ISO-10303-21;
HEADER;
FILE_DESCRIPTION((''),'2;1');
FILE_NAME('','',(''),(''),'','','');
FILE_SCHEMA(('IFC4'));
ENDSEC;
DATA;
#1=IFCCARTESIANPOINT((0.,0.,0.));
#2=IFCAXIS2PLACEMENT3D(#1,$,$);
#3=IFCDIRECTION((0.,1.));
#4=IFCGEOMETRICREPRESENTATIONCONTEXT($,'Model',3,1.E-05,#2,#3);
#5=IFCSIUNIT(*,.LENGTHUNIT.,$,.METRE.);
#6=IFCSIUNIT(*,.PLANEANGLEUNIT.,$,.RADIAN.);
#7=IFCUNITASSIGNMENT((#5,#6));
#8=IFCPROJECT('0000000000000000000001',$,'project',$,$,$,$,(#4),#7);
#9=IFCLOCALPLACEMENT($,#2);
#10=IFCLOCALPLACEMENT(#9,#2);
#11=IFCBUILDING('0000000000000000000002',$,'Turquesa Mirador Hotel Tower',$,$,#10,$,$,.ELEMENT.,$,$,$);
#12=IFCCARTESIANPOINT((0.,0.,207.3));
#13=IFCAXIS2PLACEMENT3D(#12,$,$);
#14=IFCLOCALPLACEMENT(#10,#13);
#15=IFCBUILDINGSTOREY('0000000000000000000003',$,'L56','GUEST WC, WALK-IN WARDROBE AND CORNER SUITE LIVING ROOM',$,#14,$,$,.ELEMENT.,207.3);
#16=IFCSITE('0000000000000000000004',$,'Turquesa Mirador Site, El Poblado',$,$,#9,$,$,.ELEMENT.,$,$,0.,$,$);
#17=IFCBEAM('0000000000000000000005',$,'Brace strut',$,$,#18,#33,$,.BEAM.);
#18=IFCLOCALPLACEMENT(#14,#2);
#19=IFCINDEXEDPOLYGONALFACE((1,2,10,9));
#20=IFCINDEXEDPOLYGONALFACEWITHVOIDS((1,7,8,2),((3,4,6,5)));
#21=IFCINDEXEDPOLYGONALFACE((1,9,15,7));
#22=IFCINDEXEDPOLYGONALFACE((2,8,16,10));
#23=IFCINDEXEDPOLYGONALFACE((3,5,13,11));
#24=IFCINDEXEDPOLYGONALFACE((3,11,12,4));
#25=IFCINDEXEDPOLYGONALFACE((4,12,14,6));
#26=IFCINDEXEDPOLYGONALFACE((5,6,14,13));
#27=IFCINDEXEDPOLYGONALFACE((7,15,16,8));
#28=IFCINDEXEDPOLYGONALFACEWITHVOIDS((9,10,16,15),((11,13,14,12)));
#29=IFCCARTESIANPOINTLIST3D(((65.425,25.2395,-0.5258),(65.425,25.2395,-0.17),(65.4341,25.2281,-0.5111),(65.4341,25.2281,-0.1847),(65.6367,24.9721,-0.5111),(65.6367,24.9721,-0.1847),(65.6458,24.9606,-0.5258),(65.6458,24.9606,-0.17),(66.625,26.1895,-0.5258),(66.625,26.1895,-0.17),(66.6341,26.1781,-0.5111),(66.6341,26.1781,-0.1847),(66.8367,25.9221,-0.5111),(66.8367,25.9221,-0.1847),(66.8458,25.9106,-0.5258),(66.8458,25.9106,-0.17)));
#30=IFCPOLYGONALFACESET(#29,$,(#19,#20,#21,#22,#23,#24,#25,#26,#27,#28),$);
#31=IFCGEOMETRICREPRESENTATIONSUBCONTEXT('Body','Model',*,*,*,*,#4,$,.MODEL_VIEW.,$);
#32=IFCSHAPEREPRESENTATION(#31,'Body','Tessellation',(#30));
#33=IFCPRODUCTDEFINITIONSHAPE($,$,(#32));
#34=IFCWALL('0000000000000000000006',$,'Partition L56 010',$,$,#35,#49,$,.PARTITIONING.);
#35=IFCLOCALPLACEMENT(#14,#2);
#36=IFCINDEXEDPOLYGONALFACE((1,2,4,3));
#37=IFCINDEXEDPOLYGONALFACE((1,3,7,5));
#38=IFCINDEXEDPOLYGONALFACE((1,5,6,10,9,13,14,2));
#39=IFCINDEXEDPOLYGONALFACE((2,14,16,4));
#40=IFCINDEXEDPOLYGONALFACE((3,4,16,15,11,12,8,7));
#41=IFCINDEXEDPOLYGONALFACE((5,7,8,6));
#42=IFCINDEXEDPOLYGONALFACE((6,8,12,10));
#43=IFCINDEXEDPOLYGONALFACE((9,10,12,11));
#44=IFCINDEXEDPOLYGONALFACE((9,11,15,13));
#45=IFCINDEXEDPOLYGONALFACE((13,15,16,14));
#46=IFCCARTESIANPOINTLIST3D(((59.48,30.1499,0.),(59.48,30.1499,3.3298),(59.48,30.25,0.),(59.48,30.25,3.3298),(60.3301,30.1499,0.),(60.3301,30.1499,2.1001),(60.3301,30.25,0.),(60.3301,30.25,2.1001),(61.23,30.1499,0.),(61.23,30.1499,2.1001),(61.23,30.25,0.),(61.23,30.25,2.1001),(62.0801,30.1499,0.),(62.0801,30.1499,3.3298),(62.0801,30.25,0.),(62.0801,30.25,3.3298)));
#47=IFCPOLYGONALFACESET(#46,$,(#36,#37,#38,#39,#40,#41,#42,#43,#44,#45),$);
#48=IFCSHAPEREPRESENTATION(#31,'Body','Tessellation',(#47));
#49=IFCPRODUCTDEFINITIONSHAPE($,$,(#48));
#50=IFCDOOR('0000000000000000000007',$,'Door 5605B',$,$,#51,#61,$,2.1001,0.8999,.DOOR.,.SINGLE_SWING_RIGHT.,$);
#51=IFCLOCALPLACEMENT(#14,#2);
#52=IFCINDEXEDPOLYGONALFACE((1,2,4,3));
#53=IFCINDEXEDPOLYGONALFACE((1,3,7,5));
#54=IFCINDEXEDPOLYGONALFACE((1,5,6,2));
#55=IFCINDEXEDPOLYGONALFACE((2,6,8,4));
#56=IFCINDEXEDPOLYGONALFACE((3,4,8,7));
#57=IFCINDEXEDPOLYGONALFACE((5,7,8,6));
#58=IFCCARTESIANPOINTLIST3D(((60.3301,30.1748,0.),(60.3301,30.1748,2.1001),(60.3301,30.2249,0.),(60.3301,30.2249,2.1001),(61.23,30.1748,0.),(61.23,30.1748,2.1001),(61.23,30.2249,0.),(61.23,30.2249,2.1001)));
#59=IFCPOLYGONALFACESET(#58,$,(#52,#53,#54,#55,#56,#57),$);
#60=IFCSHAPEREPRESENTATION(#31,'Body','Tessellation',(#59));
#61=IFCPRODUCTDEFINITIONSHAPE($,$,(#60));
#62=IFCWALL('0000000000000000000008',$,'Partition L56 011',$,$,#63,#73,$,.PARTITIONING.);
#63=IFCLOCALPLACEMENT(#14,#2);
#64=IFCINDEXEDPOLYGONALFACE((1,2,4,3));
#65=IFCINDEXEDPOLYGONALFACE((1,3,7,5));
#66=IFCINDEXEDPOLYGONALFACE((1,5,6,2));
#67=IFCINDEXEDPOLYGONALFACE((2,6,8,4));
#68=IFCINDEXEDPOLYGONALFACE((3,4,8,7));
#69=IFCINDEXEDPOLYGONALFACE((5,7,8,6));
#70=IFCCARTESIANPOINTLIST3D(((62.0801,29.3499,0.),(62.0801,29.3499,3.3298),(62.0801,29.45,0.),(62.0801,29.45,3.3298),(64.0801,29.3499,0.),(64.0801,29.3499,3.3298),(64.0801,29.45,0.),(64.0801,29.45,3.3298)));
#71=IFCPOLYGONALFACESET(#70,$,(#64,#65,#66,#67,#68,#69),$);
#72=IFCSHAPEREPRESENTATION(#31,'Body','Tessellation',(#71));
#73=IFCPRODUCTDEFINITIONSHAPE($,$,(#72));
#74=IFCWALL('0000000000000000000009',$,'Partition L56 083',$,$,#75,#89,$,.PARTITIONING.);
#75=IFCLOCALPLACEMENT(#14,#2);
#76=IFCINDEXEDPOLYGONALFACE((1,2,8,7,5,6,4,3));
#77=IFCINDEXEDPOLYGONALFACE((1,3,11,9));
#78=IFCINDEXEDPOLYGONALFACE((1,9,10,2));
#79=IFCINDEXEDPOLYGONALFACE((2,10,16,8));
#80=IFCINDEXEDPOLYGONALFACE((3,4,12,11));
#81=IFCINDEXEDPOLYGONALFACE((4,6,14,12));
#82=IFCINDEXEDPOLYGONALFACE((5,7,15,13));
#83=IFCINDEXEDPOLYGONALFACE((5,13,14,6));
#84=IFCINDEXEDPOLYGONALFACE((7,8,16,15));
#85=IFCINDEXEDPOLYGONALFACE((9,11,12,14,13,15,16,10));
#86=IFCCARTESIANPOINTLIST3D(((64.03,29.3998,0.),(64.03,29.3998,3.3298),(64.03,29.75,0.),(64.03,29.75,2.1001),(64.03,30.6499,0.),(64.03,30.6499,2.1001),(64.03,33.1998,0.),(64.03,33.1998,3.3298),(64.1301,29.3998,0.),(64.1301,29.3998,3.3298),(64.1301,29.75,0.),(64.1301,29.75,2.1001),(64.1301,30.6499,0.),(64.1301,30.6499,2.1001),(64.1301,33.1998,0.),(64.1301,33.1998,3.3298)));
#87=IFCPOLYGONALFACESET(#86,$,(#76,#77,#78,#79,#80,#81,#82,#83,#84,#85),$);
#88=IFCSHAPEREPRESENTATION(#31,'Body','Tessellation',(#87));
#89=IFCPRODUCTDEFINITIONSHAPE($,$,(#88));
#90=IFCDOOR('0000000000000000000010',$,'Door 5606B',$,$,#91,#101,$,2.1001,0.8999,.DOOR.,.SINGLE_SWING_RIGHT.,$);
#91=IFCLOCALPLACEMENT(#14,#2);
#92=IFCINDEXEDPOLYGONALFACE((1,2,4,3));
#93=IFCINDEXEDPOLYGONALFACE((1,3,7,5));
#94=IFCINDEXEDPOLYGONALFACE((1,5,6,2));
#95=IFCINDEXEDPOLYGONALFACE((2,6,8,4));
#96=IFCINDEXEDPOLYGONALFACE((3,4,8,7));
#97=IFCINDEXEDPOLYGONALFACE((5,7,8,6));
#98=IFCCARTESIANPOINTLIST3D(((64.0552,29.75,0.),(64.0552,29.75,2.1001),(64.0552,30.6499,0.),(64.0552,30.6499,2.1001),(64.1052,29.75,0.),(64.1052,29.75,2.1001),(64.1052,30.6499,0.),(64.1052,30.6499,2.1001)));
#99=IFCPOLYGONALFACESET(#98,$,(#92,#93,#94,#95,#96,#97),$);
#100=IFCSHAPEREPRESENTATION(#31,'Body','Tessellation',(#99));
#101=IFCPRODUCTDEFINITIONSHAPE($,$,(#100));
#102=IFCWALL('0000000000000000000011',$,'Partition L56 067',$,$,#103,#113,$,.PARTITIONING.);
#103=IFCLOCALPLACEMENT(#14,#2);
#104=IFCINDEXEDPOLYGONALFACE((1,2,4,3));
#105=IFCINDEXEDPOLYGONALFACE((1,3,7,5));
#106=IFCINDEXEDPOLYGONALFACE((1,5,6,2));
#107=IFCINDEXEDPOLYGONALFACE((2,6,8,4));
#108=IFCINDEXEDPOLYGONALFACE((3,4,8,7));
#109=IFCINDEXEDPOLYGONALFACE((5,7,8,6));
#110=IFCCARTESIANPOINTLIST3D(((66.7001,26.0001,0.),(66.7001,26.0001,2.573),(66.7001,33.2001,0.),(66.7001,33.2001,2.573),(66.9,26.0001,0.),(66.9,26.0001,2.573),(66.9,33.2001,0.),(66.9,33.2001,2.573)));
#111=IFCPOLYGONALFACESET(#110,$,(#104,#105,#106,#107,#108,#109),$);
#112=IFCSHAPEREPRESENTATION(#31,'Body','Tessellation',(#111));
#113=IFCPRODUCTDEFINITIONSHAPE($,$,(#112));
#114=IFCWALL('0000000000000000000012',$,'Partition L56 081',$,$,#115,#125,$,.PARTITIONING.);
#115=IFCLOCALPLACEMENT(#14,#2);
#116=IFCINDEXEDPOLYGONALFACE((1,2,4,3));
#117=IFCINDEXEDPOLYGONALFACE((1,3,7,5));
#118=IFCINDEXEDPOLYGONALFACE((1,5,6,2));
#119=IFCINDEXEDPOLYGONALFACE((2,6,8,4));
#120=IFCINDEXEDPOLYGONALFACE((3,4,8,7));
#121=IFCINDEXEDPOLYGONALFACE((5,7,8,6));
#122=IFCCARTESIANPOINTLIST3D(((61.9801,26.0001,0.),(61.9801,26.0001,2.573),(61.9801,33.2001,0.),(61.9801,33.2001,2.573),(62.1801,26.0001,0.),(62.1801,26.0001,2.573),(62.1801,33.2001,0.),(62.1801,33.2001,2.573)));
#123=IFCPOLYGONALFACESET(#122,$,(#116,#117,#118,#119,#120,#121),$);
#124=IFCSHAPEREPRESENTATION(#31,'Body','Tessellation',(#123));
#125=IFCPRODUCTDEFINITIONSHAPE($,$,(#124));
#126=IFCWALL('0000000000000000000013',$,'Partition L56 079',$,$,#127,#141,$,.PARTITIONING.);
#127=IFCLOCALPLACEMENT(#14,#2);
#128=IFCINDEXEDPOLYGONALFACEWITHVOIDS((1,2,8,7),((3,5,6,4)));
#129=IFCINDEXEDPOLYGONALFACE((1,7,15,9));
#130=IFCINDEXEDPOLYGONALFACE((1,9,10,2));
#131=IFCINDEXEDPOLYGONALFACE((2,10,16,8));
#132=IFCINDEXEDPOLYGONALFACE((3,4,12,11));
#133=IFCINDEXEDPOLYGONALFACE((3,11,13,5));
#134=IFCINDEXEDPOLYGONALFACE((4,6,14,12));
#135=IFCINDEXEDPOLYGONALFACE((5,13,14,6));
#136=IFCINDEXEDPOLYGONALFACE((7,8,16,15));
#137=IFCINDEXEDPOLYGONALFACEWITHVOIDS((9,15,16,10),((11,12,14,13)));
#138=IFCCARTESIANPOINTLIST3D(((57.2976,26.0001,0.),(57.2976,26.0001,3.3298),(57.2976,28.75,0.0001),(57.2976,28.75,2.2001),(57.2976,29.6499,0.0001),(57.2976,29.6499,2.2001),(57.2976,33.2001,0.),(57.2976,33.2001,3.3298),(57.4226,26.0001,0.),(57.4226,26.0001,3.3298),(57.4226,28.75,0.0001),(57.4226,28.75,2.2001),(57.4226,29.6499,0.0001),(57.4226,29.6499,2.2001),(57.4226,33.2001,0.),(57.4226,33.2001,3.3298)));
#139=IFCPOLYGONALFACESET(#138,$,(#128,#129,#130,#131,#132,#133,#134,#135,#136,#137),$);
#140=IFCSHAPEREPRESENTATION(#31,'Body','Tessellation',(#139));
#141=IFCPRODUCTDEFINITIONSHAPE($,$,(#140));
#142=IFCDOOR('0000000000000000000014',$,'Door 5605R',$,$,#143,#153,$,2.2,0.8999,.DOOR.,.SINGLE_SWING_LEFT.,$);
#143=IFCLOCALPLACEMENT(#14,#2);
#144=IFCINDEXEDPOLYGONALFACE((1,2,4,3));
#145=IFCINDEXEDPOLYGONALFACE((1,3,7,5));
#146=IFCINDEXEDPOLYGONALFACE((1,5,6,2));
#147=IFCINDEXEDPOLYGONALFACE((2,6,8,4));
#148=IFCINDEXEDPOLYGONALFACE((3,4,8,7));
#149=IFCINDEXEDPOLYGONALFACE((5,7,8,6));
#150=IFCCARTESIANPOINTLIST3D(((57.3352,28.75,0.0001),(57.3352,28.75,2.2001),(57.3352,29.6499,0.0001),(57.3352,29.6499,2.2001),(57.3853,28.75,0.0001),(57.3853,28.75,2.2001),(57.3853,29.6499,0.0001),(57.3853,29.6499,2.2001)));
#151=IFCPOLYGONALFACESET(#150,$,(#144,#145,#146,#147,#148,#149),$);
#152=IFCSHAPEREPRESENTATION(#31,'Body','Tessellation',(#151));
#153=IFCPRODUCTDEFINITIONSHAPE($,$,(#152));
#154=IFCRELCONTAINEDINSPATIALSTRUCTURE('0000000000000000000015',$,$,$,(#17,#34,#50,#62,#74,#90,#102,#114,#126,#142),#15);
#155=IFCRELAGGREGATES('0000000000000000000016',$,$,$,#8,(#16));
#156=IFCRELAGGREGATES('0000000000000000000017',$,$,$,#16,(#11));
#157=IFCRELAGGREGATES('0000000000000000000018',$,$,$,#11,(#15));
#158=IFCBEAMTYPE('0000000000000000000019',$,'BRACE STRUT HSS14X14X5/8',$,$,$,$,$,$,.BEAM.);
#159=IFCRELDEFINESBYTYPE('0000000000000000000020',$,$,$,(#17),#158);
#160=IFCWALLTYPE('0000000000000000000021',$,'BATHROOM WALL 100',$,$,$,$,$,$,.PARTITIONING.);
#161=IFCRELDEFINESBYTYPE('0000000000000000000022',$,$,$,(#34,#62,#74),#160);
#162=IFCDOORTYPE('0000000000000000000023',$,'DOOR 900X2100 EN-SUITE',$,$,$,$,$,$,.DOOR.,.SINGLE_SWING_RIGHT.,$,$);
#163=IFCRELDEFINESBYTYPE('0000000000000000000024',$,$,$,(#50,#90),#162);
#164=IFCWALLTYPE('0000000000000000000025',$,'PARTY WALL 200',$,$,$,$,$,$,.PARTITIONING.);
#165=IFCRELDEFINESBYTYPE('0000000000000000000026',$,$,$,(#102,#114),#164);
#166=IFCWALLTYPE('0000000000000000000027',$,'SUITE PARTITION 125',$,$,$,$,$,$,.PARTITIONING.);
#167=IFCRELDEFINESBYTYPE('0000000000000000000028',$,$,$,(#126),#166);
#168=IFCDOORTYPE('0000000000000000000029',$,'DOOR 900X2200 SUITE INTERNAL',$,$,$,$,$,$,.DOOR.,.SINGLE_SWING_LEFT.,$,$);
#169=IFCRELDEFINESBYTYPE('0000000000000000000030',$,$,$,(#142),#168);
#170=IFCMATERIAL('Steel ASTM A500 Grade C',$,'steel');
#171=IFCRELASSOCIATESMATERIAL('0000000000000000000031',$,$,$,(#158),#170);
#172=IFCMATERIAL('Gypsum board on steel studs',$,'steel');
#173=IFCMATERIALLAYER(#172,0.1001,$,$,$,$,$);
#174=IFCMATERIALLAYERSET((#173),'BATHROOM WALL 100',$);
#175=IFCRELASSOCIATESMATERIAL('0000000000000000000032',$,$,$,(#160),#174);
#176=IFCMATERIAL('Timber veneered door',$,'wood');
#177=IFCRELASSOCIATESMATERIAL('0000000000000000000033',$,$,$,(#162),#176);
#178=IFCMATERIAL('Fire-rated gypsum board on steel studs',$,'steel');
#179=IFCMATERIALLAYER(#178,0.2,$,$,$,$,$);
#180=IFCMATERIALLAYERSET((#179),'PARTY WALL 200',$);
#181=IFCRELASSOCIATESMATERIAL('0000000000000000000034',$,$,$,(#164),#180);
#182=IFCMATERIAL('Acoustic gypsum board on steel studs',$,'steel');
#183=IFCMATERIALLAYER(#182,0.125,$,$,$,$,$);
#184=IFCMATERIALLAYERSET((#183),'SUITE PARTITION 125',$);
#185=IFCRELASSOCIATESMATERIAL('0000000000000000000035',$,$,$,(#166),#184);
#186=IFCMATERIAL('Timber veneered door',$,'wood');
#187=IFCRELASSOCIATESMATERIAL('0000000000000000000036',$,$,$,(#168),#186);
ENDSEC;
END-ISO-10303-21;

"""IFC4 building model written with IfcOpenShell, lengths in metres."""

from ifc_helpers import new_model, si_unit, direction, frame, frame_2d, origin, origin_2d, place, context, subcontext, project, spatial, rectangle, hollow_rectangle, extrude, material, layer, layer_set, material_profile, profile_set, type_object, element, fill, save


model = new_model("IFC4")

# Units and contexts
model_context = context("Model", 3, precision=1e-05, world=origin(), true_north=direction((0.0, 1.0)))
body_context = subcontext(model_context, "Body", "Model", "MODEL_VIEW")
ifc_project = project(units=[si_unit("LENGTHUNIT", "METRE"), si_unit("PLANEANGLEUNIT", "RADIAN")], contexts=[model_context])

# Site, building, storey
site_placement = place(None, origin())
site = spatial("IfcSite", under=ifc_project, at=site_placement, Name="Turquesa Mirador Site, El Poblado", CompositionType="ELEMENT", RefElevation=0.0)
building_placement = place(site_placement, origin())
building = spatial("IfcBuilding", under=site, at=building_placement, Name="Turquesa Mirador Hotel Tower", CompositionType="ELEMENT")
storey_placement = place(building_placement, frame((0.0, 0.0, 207.3)))
storey = spatial("IfcBuildingStorey", under=building, at=storey_placement, Name="L56", Description="GUEST WC, WALK-IN WARDROBE AND CORNER SUITE LIVING ROOM", CompositionType="ELEMENT", Elevation=207.3)

# Beam
ifc_material_1 = material(Name="Steel ASTM A500 Grade C", Category="steel")
ifc_material_profile_1 = material_profile(ifc_material_1, hollow_rectangle(XDim=0.3557, YDim=0.3557, WallThickness=0.0146, at=origin_2d()), Name="HSS14X14X5/8")
ifc_profile_set_1 = profile_set([ifc_material_profile_1], Name="Steel ASTM A500 Grade C")
beam_type_1 = type_object("IfcBeamType", Name="BRACE STRUT HSS14X14X5/8", PredefinedType="BEAM", material=ifc_profile_set_1)
beam_1_placement = place(storey_placement, frame((65.5354, 25.1001, -0.3479), z_axis=(0.784049, 0.620699, 0.0), x_axis=(-0.620699, 0.784049, 0.0)))
element("IfcBeam", 1, at=beam_1_placement, inside=storey, type_object=beam_type_1, Name="Brace strut", PredefinedType="BEAM", context=body_context, shape_type="SweptSolid", body=[
    extrude(hollow_rectangle(XDim=0.3557, YDim=0.3557, WallThickness=0.0146, at=origin_2d()), origin(), (0.0, 0.0, 1.0), 1.5305),
])

# Wall, opening, door
ifc_material_2 = material(Name="Gypsum board on steel studs", Category="steel")
ifc_layer_1 = layer(ifc_material_2, 0.1001)
ifc_layer_set_1 = layer_set([ifc_layer_1], Name="BATHROOM WALL 100")
wall_type_1 = type_object("IfcWallType", Name="BATHROOM WALL 100", PredefinedType="PARTITIONING", material=ifc_layer_set_1)
wall_1_placement = place(storey_placement, frame((59.48, 30.2, 0.0), z_axis=(0.0, 0.0, 1.0), x_axis=(1.0, 0.0, 0.0)))
wall_1 = element("IfcWall", 2, at=wall_1_placement, inside=storey, type_object=wall_type_1, Name="Partition L56 010", PredefinedType="PARTITIONING", context=body_context, shape_type="SweptSolid", body=[
    extrude(rectangle(XDim=2.6001, YDim=0.1001, at=frame_2d((1.3, 0.0))), origin(), (0.0, 0.0, 1.0), 3.3298),
])
opening_1_placement = place(wall_1_placement, frame((0.8501, 0.0, 0.0)))
opening_1 = element("IfcOpeningElement", 3, at=opening_1_placement, cuts=wall_1, PredefinedType="OPENING", context=body_context, shape_type="SweptSolid", body=[
    extrude(rectangle(XDim=0.8999, YDim=2.1001, at=frame_2d((0.45, 1.05))), frame((0.0, 0.0601, 0.0), z_axis=(0.0, -1.0, 0.0), x_axis=(1.0, 0.0, 0.0)), (0.0, 0.0, 1.0), 0.1201),
])
ifc_material_3 = material(Name="Timber veneered door", Category="wood")
door_type_1 = type_object("IfcDoorType", Name="DOOR 900X2100 EN-SUITE", OperationType="SINGLE_SWING_RIGHT", PredefinedType="DOOR", material=ifc_material_3)
door_1_placement = place(opening_1_placement, origin())
door_1 = element("IfcDoor", 4, at=door_1_placement, inside=storey, type_object=door_type_1, Name="Door 5605B", OperationType="SINGLE_SWING_RIGHT", OverallHeight=2.1001, OverallWidth=0.8999, PredefinedType="DOOR", context=body_context, shape_type="SweptSolid", body=[
    extrude(rectangle(XDim=0.8999, YDim=2.1001, at=frame_2d((0.45, 1.05))), frame((0.0, 0.0249, 0.0), z_axis=(0.0, -1.0, 0.0), x_axis=(1.0, 0.0, 0.0)), (0.0, 0.0, 1.0), 0.05),
])
fill(opening_1, door_1)

# Wall
wall_2_placement = place(storey_placement, frame((62.0801, 29.3999, 0.0), z_axis=(0.0, 0.0, 1.0), x_axis=(1.0, 0.0, 0.0)))
element("IfcWall", 5, at=wall_2_placement, inside=storey, type_object=wall_type_1, Name="Partition L56 011", PredefinedType="PARTITIONING", context=body_context, shape_type="SweptSolid", body=[
    extrude(rectangle(XDim=2.0, YDim=0.1001, at=frame_2d((1.0, 0.0))), origin(), (0.0, 0.0, 1.0), 3.3298),
])

# Wall, opening, door
wall_3_placement = place(storey_placement, frame((64.0801, 29.3999, 0.0), z_axis=(0.0, 0.0, 1.0), x_axis=(0.0, 1.0, 0.0)))
wall_3 = element("IfcWall", 6, at=wall_3_placement, inside=storey, type_object=wall_type_1, Name="Partition L56 083", PredefinedType="PARTITIONING", context=body_context, shape_type="SweptSolid", body=[
    extrude(rectangle(XDim=3.8, YDim=0.1001, at=frame_2d((1.8999, 0.0))), origin(), (0.0, 0.0, 1.0), 3.3298),
])
opening_2_placement = place(wall_3_placement, frame((0.3501, 0.0, 0.0)))
opening_2 = element("IfcOpeningElement", 7, at=opening_2_placement, cuts=wall_3, PredefinedType="OPENING", context=body_context, shape_type="SweptSolid", body=[
    extrude(rectangle(XDim=0.8999, YDim=2.1001, at=frame_2d((0.45, 1.05))), frame((0.0, 0.0601, 0.0), z_axis=(0.0, -1.0, 0.0), x_axis=(1.0, 0.0, 0.0)), (0.0, 0.0, 1.0), 0.1201),
])
door_2_placement = place(opening_2_placement, origin())
door_2 = element("IfcDoor", 8, at=door_2_placement, inside=storey, type_object=door_type_1, Name="Door 5606B", OperationType="SINGLE_SWING_RIGHT", OverallHeight=2.1001, OverallWidth=0.8999, PredefinedType="DOOR", context=body_context, shape_type="SweptSolid", body=[
    extrude(rectangle(XDim=0.8999, YDim=2.1001, at=frame_2d((0.45, 1.05))), frame((0.0, 0.0249, 0.0), z_axis=(0.0, -1.0, 0.0), x_axis=(1.0, 0.0, 0.0)), (0.0, 0.0, 1.0), 0.05),
])
fill(opening_2, door_2)

# Walls
ifc_material_4 = material(Name="Fire-rated gypsum board on steel studs", Category="steel")
ifc_layer_2 = layer(ifc_material_4, 0.2)
ifc_layer_set_2 = layer_set([ifc_layer_2], Name="PARTY WALL 200")
wall_type_2 = type_object("IfcWallType", Name="PARTY WALL 200", PredefinedType="PARTITIONING", material=ifc_layer_set_2)
for number, where, z_axis, x_axis, name in (
    (9, (66.8, 26.0, 0.0), (0.0, 0.0, 1.0), (0.0, 1.0, 0.0), "Partition L56 067"),
    (10, (62.0801, 26.0, 0.0), (0.0, 0.0, 1.0), (0.0, 1.0, 0.0), "Partition L56 081"),
):
    element("IfcWall", number, at=place(storey_placement, frame(where, z_axis=z_axis, x_axis=x_axis)), inside=storey, type_object=wall_type_2, Name=name, PredefinedType="PARTITIONING", context=body_context, shape_type="SweptSolid", body=[
        extrude(rectangle(XDim=7.2, YDim=0.2, at=frame_2d((3.6001, 0.0))), origin(), (0.0, 0.0, 1.0), 2.573),
    ])

# Wall, opening, door
ifc_material_5 = material(Name="Acoustic gypsum board on steel studs", Category="steel")
ifc_layer_3 = layer(ifc_material_5, 0.125)
ifc_layer_set_3 = layer_set([ifc_layer_3], Name="SUITE PARTITION 125")
wall_type_3 = type_object("IfcWallType", Name="SUITE PARTITION 125", PredefinedType="PARTITIONING", material=ifc_layer_set_3)
wall_4_placement = place(storey_placement, frame((57.3601, 26.0, 0.0), z_axis=(0.0, 0.0, 1.0), x_axis=(0.0, 1.0, 0.0)))
wall_4 = element("IfcWall", 11, at=wall_4_placement, inside=storey, type_object=wall_type_3, Name="Partition L56 079", PredefinedType="PARTITIONING", context=body_context, shape_type="SweptSolid", body=[
    extrude(rectangle(XDim=7.2, YDim=0.125, at=frame_2d((3.6001, 0.0))), origin(), (0.0, 0.0, 1.0), 3.3298),
])
opening_3_placement = place(wall_4_placement, frame((2.75, 0.0, 0.0)))
opening_3 = element("IfcOpeningElement", 12, at=opening_3_placement, cuts=wall_4, PredefinedType="OPENING", context=body_context, shape_type="SweptSolid", body=[
    extrude(rectangle(XDim=0.8999, YDim=2.2, at=frame_2d((0.45, 1.1001))), frame((0.0, 0.0725, 0.0), z_axis=(0.0, -1.0, 0.0), x_axis=(1.0, 0.0, 0.0)), (0.0, 0.0, 1.0), 0.145),
])
ifc_material_6 = material(Name="Timber veneered door", Category="wood")
door_type_2 = type_object("IfcDoorType", Name="DOOR 900X2200 SUITE INTERNAL", OperationType="SINGLE_SWING_LEFT", PredefinedType="DOOR", material=ifc_material_6)
door_3_placement = place(opening_3_placement, origin())
door_3 = element("IfcDoor", 13, at=door_3_placement, inside=storey, type_object=door_type_2, Name="Door 5605R", OperationType="SINGLE_SWING_LEFT", OverallHeight=2.2, OverallWidth=0.8999, PredefinedType="DOOR", context=body_context, shape_type="SweptSolid", body=[
    extrude(rectangle(XDim=0.8999, YDim=2.2, at=frame_2d((0.45, 1.1001))), frame((0.0, 0.0249, 0.0), z_axis=(0.0, -1.0, 0.0), x_axis=(1.0, 0.0, 0.0)), (0.0, 0.0, 1.0), 0.05),
])
fill(opening_3, door_3)

save(model, "model.ifc")
